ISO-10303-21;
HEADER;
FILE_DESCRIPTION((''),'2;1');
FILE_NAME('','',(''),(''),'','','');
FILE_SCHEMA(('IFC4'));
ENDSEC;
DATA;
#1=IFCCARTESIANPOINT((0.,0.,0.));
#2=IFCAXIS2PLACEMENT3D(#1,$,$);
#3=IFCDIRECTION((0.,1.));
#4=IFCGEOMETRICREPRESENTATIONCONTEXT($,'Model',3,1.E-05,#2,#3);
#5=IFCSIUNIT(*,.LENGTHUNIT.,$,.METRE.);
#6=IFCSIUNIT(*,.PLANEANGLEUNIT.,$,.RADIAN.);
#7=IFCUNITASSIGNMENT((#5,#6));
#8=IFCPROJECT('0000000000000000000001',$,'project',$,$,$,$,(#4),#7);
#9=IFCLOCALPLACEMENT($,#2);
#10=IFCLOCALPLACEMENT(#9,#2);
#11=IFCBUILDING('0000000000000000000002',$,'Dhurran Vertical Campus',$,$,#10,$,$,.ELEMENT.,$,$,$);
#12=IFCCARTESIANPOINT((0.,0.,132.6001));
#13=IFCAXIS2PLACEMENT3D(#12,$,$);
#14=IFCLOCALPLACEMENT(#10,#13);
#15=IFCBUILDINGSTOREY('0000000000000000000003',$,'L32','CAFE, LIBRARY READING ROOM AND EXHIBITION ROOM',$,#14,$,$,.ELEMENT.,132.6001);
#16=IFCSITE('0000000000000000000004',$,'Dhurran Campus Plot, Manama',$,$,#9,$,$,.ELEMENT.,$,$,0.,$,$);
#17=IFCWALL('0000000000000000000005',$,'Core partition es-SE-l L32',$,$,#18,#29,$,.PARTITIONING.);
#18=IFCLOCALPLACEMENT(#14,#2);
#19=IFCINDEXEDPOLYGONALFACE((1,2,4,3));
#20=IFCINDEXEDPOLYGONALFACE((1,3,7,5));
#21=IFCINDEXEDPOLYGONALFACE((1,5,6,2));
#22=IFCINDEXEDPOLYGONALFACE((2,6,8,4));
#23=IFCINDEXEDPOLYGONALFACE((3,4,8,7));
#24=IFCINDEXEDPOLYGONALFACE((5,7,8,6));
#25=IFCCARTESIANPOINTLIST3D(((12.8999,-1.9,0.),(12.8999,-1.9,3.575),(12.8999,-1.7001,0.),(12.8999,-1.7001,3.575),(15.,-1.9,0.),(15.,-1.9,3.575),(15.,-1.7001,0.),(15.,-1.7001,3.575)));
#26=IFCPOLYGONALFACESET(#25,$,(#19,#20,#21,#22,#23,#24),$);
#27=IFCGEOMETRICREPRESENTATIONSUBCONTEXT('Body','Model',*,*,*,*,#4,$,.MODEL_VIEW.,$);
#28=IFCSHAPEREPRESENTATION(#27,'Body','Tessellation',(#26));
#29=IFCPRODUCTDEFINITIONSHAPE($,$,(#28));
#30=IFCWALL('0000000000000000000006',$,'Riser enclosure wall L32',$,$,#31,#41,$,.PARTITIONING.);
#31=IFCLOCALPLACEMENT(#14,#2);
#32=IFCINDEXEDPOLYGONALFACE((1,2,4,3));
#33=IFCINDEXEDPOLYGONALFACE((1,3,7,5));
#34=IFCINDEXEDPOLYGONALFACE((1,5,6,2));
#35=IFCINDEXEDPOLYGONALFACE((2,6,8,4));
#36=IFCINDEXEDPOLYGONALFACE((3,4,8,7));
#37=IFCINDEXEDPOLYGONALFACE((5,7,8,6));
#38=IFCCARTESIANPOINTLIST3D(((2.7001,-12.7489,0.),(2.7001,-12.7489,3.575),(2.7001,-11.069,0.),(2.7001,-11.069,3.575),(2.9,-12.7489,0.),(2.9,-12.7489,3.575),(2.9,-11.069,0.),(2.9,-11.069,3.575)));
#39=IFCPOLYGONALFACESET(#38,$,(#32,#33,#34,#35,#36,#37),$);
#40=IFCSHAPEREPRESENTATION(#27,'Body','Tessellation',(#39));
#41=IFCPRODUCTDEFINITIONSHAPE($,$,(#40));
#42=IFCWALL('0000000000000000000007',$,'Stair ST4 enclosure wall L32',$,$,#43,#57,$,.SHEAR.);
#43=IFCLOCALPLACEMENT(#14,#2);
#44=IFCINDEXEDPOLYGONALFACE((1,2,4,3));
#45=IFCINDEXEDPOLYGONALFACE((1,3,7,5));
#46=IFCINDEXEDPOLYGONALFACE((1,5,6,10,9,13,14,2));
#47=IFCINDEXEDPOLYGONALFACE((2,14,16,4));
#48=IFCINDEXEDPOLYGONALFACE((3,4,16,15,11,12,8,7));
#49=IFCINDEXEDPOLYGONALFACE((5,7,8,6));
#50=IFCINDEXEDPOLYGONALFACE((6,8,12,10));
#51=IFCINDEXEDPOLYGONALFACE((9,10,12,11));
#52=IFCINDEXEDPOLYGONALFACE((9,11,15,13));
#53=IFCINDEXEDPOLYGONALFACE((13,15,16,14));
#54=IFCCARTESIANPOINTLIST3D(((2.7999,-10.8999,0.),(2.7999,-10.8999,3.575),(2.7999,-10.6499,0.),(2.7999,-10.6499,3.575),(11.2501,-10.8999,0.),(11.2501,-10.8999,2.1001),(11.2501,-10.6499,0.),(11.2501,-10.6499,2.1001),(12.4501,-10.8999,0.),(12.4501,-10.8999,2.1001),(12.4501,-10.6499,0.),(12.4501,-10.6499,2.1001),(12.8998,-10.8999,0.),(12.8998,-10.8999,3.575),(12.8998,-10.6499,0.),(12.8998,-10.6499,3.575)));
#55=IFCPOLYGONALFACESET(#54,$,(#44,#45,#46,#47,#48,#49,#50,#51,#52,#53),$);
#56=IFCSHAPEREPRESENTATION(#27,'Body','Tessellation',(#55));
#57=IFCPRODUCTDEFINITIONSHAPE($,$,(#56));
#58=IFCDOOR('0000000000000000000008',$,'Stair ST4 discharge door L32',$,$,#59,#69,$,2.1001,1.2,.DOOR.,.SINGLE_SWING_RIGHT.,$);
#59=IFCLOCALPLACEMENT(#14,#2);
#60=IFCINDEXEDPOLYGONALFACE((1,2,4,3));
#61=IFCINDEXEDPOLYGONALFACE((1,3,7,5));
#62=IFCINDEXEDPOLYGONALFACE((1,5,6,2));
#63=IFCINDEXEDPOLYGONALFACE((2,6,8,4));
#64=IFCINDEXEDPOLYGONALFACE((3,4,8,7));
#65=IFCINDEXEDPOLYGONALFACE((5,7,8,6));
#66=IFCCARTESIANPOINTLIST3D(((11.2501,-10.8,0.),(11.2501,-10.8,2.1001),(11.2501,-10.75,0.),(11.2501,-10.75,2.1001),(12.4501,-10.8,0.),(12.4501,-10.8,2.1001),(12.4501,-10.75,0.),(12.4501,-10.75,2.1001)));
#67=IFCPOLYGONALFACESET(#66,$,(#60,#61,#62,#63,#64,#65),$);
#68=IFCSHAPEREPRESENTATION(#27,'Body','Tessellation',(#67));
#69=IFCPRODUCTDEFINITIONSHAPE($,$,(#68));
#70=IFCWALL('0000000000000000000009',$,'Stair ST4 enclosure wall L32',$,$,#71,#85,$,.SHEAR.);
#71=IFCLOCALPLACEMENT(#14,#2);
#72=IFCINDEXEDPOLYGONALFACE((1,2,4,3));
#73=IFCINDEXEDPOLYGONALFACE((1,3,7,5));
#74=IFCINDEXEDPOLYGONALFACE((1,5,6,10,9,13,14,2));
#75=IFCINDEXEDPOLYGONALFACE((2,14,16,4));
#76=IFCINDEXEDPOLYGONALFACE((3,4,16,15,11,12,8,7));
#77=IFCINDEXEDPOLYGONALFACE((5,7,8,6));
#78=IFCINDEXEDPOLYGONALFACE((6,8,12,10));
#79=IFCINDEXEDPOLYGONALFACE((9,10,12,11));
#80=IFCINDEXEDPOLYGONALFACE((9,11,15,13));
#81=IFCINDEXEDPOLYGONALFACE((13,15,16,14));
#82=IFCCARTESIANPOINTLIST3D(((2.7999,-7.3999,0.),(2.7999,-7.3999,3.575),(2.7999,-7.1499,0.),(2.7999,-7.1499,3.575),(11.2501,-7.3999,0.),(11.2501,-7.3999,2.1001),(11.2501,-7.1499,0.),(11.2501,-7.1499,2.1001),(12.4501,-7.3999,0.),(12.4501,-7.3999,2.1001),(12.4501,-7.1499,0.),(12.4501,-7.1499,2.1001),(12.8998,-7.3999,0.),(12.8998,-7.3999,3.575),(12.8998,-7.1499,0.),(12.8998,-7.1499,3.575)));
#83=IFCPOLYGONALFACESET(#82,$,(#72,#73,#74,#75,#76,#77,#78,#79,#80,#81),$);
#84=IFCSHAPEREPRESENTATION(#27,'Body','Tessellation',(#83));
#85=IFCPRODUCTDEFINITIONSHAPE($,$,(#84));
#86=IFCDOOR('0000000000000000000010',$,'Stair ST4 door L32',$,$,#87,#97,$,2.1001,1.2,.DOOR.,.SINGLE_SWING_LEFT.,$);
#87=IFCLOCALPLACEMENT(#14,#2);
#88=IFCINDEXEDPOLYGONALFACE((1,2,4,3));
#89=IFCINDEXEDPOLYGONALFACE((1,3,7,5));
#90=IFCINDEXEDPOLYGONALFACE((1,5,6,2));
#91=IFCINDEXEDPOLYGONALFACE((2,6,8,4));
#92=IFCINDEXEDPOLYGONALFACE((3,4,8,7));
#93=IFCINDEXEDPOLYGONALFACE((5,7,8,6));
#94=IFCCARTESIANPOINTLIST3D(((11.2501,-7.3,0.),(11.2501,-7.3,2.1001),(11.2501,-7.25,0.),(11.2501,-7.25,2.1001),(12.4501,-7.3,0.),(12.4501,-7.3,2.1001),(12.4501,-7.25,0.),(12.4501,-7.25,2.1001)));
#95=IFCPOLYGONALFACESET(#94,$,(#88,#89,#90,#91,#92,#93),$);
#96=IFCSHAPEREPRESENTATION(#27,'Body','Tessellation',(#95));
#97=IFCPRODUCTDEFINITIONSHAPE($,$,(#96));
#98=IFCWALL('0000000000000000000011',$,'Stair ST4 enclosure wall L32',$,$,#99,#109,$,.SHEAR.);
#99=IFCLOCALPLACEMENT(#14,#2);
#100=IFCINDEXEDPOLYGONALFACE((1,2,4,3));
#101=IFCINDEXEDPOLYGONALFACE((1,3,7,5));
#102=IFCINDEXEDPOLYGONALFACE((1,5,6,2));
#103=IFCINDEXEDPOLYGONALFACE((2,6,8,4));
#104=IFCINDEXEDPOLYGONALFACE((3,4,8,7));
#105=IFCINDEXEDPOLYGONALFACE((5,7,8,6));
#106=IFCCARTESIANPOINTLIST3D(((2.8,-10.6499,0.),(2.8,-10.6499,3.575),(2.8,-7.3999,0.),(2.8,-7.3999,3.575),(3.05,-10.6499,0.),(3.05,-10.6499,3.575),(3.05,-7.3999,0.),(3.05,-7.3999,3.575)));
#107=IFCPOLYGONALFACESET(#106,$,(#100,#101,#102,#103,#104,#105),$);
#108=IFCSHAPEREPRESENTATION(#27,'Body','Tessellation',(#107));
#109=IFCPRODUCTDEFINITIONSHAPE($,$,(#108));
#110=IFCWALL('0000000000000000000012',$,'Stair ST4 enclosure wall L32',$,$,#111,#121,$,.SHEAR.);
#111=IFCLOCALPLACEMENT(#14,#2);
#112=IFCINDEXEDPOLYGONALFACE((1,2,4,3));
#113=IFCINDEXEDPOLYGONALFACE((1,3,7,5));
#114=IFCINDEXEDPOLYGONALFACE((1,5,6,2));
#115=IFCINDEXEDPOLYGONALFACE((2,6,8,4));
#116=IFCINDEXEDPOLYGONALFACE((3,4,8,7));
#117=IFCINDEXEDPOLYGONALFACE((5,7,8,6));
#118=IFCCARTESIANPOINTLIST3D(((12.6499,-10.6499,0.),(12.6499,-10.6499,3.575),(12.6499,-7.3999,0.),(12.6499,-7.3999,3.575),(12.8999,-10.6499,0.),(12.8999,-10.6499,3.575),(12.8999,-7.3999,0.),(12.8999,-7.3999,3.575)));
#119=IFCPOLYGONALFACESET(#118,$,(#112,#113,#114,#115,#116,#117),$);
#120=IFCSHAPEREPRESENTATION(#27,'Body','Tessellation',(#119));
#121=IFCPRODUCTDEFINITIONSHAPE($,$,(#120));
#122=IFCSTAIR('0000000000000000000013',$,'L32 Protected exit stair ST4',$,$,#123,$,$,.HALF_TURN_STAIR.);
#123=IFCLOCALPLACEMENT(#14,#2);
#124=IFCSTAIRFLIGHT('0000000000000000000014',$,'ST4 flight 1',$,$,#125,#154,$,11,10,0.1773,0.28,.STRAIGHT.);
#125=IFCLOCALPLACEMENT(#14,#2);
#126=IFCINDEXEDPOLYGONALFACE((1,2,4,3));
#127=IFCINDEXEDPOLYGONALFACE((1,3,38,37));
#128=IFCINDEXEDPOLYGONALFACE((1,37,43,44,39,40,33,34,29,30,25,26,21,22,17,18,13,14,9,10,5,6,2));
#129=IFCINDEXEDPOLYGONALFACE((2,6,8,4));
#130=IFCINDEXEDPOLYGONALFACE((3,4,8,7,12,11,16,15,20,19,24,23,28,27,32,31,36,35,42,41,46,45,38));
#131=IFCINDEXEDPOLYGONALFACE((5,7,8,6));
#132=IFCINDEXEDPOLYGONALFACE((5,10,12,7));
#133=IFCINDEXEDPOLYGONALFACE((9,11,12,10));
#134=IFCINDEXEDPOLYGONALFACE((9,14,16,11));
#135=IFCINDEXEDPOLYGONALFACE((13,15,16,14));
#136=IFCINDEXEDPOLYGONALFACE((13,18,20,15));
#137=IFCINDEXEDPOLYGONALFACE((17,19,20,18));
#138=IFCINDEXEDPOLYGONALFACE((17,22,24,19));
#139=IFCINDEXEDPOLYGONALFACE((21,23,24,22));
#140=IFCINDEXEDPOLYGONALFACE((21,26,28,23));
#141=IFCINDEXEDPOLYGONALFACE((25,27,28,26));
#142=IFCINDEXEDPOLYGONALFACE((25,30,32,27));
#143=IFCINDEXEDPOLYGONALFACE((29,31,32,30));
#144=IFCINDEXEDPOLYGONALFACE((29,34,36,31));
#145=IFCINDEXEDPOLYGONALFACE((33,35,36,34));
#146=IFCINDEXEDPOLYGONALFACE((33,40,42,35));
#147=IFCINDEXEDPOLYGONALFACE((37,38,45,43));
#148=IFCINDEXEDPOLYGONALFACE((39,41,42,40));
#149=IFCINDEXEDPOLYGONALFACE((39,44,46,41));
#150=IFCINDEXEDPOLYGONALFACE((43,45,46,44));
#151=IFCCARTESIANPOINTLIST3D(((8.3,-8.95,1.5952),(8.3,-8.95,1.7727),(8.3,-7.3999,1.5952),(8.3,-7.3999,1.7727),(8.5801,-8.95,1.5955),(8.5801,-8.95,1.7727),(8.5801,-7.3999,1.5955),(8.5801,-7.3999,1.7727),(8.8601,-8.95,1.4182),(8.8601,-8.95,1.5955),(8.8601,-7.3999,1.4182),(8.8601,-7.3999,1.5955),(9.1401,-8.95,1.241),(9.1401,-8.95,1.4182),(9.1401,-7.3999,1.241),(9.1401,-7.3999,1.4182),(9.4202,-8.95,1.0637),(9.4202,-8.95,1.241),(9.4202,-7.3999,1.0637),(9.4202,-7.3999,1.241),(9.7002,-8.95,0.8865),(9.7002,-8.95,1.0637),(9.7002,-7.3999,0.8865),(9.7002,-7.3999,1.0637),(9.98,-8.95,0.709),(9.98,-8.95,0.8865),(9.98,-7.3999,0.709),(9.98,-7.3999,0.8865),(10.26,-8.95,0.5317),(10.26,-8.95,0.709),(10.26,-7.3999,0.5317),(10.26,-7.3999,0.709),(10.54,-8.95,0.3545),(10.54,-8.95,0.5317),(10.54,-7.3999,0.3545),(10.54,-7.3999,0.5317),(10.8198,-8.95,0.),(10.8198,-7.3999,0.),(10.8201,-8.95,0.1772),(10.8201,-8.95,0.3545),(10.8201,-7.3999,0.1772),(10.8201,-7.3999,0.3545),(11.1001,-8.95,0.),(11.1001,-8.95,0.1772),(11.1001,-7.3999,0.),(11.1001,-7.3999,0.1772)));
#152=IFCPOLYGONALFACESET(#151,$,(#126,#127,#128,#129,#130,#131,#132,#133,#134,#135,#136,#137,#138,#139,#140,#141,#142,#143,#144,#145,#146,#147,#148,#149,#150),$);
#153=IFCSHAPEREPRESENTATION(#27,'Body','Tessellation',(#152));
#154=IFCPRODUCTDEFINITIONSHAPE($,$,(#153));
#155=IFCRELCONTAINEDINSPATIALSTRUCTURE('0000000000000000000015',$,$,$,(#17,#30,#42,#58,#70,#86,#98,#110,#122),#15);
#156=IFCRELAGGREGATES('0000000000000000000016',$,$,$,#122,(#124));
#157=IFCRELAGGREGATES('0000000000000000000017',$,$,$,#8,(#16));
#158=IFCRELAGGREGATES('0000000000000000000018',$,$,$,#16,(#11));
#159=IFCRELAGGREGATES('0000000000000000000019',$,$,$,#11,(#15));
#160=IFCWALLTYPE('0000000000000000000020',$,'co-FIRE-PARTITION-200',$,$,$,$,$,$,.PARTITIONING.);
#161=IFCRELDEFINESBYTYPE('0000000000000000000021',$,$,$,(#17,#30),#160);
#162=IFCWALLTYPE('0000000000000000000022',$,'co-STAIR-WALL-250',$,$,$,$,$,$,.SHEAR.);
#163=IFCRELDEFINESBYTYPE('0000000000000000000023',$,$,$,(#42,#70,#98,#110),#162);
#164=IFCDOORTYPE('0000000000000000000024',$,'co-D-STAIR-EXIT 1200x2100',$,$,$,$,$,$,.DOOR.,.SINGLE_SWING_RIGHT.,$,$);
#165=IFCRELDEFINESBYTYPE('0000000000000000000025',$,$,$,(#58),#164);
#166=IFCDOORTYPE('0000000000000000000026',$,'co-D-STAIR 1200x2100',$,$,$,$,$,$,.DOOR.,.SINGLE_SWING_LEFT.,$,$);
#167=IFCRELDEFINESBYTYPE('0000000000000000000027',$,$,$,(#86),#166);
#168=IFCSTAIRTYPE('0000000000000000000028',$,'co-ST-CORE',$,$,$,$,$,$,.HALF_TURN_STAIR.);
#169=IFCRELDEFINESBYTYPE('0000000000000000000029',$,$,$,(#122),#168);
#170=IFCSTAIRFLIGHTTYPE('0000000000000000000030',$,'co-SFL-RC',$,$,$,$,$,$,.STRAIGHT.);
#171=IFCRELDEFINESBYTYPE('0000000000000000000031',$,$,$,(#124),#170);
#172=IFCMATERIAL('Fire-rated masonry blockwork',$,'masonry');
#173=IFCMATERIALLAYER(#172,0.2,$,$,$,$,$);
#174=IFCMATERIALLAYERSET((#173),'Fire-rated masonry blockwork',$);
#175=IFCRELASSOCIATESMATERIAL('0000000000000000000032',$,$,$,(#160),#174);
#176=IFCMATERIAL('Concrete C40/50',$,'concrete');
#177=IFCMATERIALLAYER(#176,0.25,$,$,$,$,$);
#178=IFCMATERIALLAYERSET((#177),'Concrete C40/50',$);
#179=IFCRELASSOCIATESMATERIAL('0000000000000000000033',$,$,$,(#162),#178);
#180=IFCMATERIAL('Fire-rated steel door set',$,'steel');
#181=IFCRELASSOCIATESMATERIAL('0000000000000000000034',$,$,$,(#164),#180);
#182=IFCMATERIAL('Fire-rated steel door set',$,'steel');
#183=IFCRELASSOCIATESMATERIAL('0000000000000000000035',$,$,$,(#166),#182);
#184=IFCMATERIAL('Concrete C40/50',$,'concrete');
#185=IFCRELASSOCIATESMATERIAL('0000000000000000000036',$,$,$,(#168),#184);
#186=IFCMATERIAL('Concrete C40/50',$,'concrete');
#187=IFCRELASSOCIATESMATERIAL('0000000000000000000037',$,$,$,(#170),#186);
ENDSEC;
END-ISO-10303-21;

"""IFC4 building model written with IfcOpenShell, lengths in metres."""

from ifc_helpers import new_model, si_unit, direction, frame, frame_2d, origin, place, context, subcontext, project, spatial, polyline, rectangle, outline, extrude, material, layer, layer_set, type_object, element, fill, aggregate, save


model = new_model("IFC4")

# Units and contexts
model_context = context("Model", 3, precision=1e-05, world=origin(), true_north=direction((0.0, 1.0)))
body_context = subcontext(model_context, "Body", "Model", "MODEL_VIEW")
ifc_project = project(units=[si_unit("LENGTHUNIT", "METRE"), si_unit("PLANEANGLEUNIT", "RADIAN")], contexts=[model_context])

# Site, building, storey
site_placement = place(None, origin())
site = spatial("IfcSite", under=ifc_project, at=site_placement, Name="Dhurran Campus Plot, Manama", CompositionType="ELEMENT", RefElevation=0.0)
building_placement = place(site_placement, origin())
building = spatial("IfcBuilding", under=site, at=building_placement, Name="Dhurran Vertical Campus", CompositionType="ELEMENT")
storey_placement = place(building_placement, frame((0.0, 0.0, 132.6001)))
storey = spatial("IfcBuildingStorey", under=building, at=storey_placement, Name="L32", Description="CAFE, LIBRARY READING ROOM AND EXHIBITION ROOM", CompositionType="ELEMENT", Elevation=132.6001)

# Shared definitions
ifc_material_1 = material(Name="Fire-rated masonry blockwork", Category="masonry")
ifc_layer_1 = layer(ifc_material_1, 0.2)
ifc_layer_set_1 = layer_set([ifc_layer_1], Name="Fire-rated masonry blockwork")
wall_type_1 = type_object("IfcWallType", Name="co-FIRE-PARTITION-200", PredefinedType="PARTITIONING", material=ifc_layer_set_1)

# Walls
wall_1_placement = place(storey_placement, frame((12.8999, -1.8, 0.0), z_axis=(0.0, 0.0, 1.0), x_axis=(1.0, 0.0, 0.0)))
element("IfcWall", 1, at=wall_1_placement, inside=storey, type_object=wall_type_1, Name="Core partition es-SE-l L32", PredefinedType="PARTITIONING", context=body_context, shape_type="SweptSolid", body=[
    extrude(rectangle(XDim=2.1001, YDim=0.2, at=frame_2d((1.05, 0.0))), origin(), (0.0, 0.0, 1.0), 3.575),
])
wall_2_placement = place(storey_placement, frame((2.8, -11.0691, 0.0), z_axis=(0.0, 0.0, 1.0), x_axis=(0.0, -1.0, 0.0)))
element("IfcWall", 2, at=wall_2_placement, inside=storey, type_object=wall_type_1, Name="Riser enclosure wall L32", PredefinedType="PARTITIONING", context=body_context, shape_type="SweptSolid", body=[
    extrude(rectangle(XDim=1.6799, YDim=0.2, at=frame_2d((0.8398, 0.0))), origin(), (0.0, 0.0, 1.0), 3.575),
])

# Walls, openings, doors
ifc_material_2 = material(Name="Concrete C40/50", Category="concrete")
ifc_layer_2 = layer(ifc_material_2, 0.25)
ifc_layer_set_2 = layer_set([ifc_layer_2], Name="Concrete C40/50")
wall_type_2 = type_object("IfcWallType", Name="co-STAIR-WALL-250", PredefinedType="SHEAR", material=ifc_layer_set_2)
wall_3_placement = place(storey_placement, frame((2.8, -10.7749, 0.0), z_axis=(0.0, 0.0, 1.0), x_axis=(1.0, 0.0, 0.0)))
wall_3 = element("IfcWall", 3, at=wall_3_placement, inside=storey, type_object=wall_type_2, Name="Stair ST4 enclosure wall L32", PredefinedType="SHEAR", context=body_context, shape_type="SweptSolid", body=[
    extrude(rectangle(XDim=10.0999, YDim=0.25, at=frame_2d((5.0498, 0.0))), origin(), (0.0, 0.0, 1.0), 3.575),
])
opening_1_placement = place(wall_3_placement, frame((8.45, 0.0, 0.0)))
opening_1 = element("IfcOpeningElement", 4, at=opening_1_placement, cuts=wall_3, PredefinedType="OPENING", context=body_context, shape_type="SweptSolid", body=[
    extrude(rectangle(XDim=1.2, YDim=2.1001, at=frame_2d((0.6001, 1.05))), frame((0.0, 0.135, 0.0), z_axis=(0.0, -1.0, 0.0), x_axis=(1.0, 0.0, 0.0)), (0.0, 0.0, 1.0), 0.27),
])
ifc_material_3 = material(Name="Fire-rated steel door set", Category="steel")
door_type_1 = type_object("IfcDoorType", Name="co-D-STAIR-EXIT 1200x2100", OperationType="SINGLE_SWING_RIGHT", PredefinedType="DOOR", material=ifc_material_3)
door_1_placement = place(opening_1_placement, origin())
door_1 = element("IfcDoor", 5, at=door_1_placement, inside=storey, type_object=door_type_1, Name="Stair ST4 discharge door L32", OperationType="SINGLE_SWING_RIGHT", OverallHeight=2.1001, OverallWidth=1.2, PredefinedType="DOOR", context=body_context, shape_type="SweptSolid", body=[
    extrude(rectangle(XDim=1.2, YDim=2.1001, at=frame_2d((0.6001, 1.05))), frame((0.0, 0.0249, 0.0), z_axis=(0.0, -1.0, 0.0), x_axis=(1.0, 0.0, 0.0)), (0.0, 0.0, 1.0), 0.05),
])
fill(opening_1, door_1)
wall_4_placement = place(storey_placement, frame((2.8, -7.2749, 0.0), z_axis=(0.0, 0.0, 1.0), x_axis=(1.0, 0.0, 0.0)))
wall_4 = element("IfcWall", 6, at=wall_4_placement, inside=storey, type_object=wall_type_2, Name="Stair ST4 enclosure wall L32", PredefinedType="SHEAR", context=body_context, shape_type="SweptSolid", body=[
    extrude(rectangle(XDim=10.0999, YDim=0.25, at=frame_2d((5.0498, 0.0))), origin(), (0.0, 0.0, 1.0), 3.575),
])
opening_2_placement = place(wall_4_placement, frame((8.45, 0.0, 0.0)))
opening_2 = element("IfcOpeningElement", 7, at=opening_2_placement, cuts=wall_4, PredefinedType="OPENING", context=body_context, shape_type="SweptSolid", body=[
    extrude(rectangle(XDim=1.2, YDim=2.1001, at=frame_2d((0.6001, 1.05))), frame((0.0, 0.135, 0.0), z_axis=(0.0, -1.0, 0.0), x_axis=(1.0, 0.0, 0.0)), (0.0, 0.0, 1.0), 0.27),
])
ifc_material_4 = material(Name="Fire-rated steel door set", Category="steel")
door_type_2 = type_object("IfcDoorType", Name="co-D-STAIR 1200x2100", OperationType="SINGLE_SWING_LEFT", PredefinedType="DOOR", material=ifc_material_4)
door_2_placement = place(opening_2_placement, origin())
door_2 = element("IfcDoor", 8, at=door_2_placement, inside=storey, type_object=door_type_2, Name="Stair ST4 door L32", OperationType="SINGLE_SWING_LEFT", OverallHeight=2.1001, OverallWidth=1.2, PredefinedType="DOOR", context=body_context, shape_type="SweptSolid", body=[
    extrude(rectangle(XDim=1.2, YDim=2.1001, at=frame_2d((0.6001, 1.05))), frame((0.0, 0.0249, 0.0), z_axis=(0.0, -1.0, 0.0), x_axis=(1.0, 0.0, 0.0)), (0.0, 0.0, 1.0), 0.05),
])
fill(opening_2, door_2)

# Walls
for number, where, z_axis, x_axis, name in (
    (9, (2.925, -10.6499, 0.0), (0.0, 0.0, 1.0), (0.0, 1.0, 0.0), "Stair ST4 enclosure wall L32"),
    (10, (12.7749, -10.6499, 0.0), (0.0, 0.0, 1.0), (0.0, 1.0, 0.0), "Stair ST4 enclosure wall L32"),
):
    element("IfcWall", number, at=place(storey_placement, frame(where, z_axis=z_axis, x_axis=x_axis)), inside=storey, type_object=wall_type_2, Name=name, PredefinedType="SHEAR", context=body_context, shape_type="SweptSolid", body=[
        extrude(rectangle(XDim=3.25, YDim=0.25, at=frame_2d((1.625, 0.0))), origin(), (0.0, 0.0, 1.0), 3.575),
    ])

# Stair, stair flight
ifc_material_5 = material(Name="Concrete C40/50", Category="concrete")
stair_type = type_object("IfcStairType", Name="co-ST-CORE", PredefinedType="HALF_TURN_STAIR", material=ifc_material_5)
stair_placement = place(storey_placement, origin())
stair = element("IfcStair", 11, at=stair_placement, inside=storey, type_object=stair_type, Name="L32 Protected exit stair ST4", PredefinedType="HALF_TURN_STAIR")
ifc_material_6 = material(Name="Concrete C40/50", Category="concrete")
stair_flight_type = type_object("IfcStairFlightType", Name="co-SFL-RC", PredefinedType="STRAIGHT", material=ifc_material_6)
stair_flight_1_placement = place(storey_placement, frame((11.1001, -8.175, 0.0), z_axis=(0.0, 0.0, 1.0), x_axis=(-1.0, 0.0, 0.0)))
stair_flight_1 = element("IfcStairFlight", 12, at=stair_flight_1_placement, type_object=stair_flight_type, Name="ST4 flight 1", NumberOfRisers=11, NumberOfTreads=10, PredefinedType="STRAIGHT", RiserHeight=0.1773, TreadLength=0.28, context=body_context, shape_type="SweptSolid", body=[
    extrude(outline(polyline([(0.0, 0.0), (0.0, 0.1772), (0.28, 0.1772), (0.28, 0.3545), (0.5601, 0.3545), (0.5601, 0.5317), (0.8401, 0.5317), (0.8401, 0.709), (1.1201, 0.709), (1.1201, 0.8865), (1.3999, 0.8865), (1.3999, 1.0637), (1.6799, 1.0637), (1.6799, 1.241), (1.96, 1.241), (1.96, 1.4182), (2.24, 1.4182), (2.24, 1.5955), (2.52, 1.5955), (2.52, 1.7727), (2.8, 1.7727), (2.8, 1.95), (2.8, 1.5952), (0.2803, 0.0), (0.0, 0.0)])), frame((0.0, 0.7749, 0.0), z_axis=(0.0, -1.0, 0.0), x_axis=(1.0, 0.0, 0.0)), (0.0, 0.0, 1.0), 1.55),
])
aggregate(stair, [stair_flight_1])

save(model, "model.ifc")
